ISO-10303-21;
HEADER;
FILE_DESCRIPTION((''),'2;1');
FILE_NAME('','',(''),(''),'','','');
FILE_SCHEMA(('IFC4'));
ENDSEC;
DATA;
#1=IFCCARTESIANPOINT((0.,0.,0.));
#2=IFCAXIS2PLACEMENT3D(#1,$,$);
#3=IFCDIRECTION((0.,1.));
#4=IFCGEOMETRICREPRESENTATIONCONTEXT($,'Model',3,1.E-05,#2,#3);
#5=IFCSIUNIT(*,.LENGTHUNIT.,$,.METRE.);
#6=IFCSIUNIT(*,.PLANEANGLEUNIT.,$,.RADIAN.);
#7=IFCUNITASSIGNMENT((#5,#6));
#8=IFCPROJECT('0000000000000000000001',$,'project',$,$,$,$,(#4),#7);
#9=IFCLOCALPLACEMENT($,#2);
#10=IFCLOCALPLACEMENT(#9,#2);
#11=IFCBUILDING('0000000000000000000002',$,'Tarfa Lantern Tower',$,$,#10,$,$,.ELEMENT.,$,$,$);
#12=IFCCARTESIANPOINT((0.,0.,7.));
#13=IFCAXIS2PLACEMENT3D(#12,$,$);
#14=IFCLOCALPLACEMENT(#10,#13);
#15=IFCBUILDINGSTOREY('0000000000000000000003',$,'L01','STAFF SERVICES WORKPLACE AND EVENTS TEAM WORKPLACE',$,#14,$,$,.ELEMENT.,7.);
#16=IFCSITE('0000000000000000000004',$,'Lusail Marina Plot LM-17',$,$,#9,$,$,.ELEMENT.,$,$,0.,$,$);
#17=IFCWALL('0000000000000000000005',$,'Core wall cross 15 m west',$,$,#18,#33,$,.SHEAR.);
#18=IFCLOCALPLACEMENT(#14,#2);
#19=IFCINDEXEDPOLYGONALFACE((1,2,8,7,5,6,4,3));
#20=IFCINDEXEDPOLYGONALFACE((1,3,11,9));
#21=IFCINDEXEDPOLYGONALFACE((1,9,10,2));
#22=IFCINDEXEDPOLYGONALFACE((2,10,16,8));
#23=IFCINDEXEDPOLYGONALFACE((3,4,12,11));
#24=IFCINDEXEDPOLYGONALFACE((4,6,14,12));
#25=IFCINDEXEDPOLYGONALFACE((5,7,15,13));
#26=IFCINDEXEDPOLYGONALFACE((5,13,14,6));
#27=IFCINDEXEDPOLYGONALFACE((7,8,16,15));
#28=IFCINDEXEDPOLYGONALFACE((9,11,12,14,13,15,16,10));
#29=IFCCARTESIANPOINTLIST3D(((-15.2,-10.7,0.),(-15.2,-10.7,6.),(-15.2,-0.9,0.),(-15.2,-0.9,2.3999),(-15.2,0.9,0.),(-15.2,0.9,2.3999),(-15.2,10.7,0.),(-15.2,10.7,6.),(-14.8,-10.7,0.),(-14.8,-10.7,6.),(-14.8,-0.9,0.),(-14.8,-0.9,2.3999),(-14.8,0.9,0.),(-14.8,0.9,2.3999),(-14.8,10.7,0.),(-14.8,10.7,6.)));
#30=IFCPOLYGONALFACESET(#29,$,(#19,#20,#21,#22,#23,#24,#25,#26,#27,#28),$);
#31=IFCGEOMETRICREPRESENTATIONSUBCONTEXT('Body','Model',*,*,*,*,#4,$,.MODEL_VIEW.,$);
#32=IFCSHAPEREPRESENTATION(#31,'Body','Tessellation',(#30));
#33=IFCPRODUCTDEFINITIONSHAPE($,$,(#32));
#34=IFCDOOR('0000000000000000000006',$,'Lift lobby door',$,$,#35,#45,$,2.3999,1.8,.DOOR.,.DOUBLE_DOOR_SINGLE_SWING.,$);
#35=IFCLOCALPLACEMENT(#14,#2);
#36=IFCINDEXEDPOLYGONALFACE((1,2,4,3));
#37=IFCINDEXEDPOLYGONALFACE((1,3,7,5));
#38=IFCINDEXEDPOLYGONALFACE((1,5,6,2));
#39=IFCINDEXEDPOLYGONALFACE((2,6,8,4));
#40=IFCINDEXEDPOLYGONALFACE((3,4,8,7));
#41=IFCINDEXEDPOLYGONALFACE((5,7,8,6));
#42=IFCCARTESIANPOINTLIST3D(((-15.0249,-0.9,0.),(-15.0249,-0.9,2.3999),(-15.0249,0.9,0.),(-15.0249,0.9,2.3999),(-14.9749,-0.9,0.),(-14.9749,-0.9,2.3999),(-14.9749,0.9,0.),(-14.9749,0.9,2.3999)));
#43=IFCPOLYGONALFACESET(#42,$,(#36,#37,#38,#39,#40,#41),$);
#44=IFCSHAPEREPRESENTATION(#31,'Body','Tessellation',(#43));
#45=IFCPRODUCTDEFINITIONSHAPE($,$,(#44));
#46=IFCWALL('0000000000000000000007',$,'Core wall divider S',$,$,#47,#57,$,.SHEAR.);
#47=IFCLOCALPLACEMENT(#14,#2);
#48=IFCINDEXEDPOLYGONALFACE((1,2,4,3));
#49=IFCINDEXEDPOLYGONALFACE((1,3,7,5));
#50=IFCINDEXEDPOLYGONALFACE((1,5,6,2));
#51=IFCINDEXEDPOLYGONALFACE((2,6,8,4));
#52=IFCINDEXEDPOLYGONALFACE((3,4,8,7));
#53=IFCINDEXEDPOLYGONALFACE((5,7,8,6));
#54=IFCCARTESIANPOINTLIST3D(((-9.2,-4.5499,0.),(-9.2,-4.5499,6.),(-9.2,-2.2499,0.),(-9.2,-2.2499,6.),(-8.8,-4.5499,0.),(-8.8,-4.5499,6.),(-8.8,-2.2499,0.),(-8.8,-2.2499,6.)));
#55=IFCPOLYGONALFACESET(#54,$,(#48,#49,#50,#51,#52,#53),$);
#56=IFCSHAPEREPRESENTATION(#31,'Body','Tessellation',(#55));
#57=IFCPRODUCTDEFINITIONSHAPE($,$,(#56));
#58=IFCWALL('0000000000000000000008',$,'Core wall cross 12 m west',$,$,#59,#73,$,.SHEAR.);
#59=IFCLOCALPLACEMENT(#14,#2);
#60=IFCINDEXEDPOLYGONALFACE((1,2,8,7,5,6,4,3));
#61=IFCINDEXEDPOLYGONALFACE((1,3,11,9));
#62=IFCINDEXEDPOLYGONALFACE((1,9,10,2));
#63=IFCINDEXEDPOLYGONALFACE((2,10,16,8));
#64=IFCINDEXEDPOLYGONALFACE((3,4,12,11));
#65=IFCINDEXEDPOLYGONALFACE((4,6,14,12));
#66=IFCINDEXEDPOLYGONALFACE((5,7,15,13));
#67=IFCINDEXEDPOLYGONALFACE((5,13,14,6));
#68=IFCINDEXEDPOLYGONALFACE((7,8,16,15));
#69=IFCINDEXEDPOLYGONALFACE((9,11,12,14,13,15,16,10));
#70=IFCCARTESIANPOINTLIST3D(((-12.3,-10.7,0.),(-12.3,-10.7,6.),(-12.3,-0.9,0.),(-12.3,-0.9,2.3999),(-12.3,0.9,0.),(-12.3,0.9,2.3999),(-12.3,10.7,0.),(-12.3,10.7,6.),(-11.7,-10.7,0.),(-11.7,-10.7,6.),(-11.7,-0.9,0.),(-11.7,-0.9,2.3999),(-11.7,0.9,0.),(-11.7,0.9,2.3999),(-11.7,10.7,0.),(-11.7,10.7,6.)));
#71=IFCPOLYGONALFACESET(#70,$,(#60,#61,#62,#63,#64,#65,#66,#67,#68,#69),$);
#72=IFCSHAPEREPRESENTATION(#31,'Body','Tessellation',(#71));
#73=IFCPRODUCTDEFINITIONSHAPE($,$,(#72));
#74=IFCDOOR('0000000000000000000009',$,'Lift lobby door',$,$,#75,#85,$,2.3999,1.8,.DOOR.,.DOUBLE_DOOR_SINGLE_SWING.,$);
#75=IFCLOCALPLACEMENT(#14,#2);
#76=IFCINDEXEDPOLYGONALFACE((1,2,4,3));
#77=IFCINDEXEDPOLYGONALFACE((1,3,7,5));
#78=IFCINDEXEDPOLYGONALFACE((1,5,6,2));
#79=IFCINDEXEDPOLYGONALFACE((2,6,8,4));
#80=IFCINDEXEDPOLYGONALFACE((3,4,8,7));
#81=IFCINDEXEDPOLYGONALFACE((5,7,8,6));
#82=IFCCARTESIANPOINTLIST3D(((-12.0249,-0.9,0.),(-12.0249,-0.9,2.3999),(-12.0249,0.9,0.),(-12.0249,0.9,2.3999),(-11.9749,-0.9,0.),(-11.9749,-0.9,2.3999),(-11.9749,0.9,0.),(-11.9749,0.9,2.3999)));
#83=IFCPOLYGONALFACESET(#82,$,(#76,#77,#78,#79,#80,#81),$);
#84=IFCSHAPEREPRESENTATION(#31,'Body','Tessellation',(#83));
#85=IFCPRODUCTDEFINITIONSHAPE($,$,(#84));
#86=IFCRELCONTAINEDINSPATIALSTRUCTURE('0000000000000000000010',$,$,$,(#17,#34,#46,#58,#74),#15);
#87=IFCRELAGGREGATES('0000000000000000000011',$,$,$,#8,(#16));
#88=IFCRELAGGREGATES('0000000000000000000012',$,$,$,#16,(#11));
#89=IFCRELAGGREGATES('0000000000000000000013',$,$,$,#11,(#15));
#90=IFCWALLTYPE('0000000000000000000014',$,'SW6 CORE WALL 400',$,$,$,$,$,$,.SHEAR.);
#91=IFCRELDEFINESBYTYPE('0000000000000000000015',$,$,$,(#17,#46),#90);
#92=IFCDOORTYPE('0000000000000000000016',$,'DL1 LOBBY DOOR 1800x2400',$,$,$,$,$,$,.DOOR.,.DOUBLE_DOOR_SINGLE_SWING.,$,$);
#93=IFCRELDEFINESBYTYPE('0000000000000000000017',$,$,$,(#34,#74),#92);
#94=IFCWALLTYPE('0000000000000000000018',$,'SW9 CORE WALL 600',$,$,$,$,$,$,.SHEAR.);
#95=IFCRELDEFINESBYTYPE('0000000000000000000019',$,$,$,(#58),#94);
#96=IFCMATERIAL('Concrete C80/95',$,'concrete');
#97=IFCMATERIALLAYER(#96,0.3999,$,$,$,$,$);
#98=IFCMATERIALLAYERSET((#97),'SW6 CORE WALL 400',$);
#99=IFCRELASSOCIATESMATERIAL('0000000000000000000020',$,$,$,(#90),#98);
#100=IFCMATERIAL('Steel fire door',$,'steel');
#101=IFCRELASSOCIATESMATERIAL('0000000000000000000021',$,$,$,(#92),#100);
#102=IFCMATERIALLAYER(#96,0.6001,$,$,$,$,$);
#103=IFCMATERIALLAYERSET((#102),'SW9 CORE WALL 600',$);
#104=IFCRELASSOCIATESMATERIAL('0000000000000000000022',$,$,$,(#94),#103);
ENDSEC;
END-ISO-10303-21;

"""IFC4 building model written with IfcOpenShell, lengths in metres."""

from ifc_helpers import new_model, si_unit, direction, frame, frame_2d, origin, place, context, subcontext, project, spatial, rectangle, extrude, material, layer, layer_set, type_object, element, fill, save


model = new_model("IFC4")

# Units and contexts
model_context = context("Model", 3, precision=1e-05, world=origin(), true_north=direction((0.0, 1.0)))
body_context = subcontext(model_context, "Body", "Model", "MODEL_VIEW")
ifc_project = project(units=[si_unit("LENGTHUNIT", "METRE"), si_unit("PLANEANGLEUNIT", "RADIAN")], contexts=[model_context])

# Site, building, storey
site_placement = place(None, origin())
site = spatial("IfcSite", under=ifc_project, at=site_placement, Name="Lusail Marina Plot LM-17", CompositionType="ELEMENT", RefElevation=0.0)
building_placement = place(site_placement, origin())
building = spatial("IfcBuilding", under=site, at=building_placement, Name="Tarfa Lantern Tower", CompositionType="ELEMENT")
storey_placement = place(building_placement, frame((0.0, 0.0, 7.0)))
storey = spatial("IfcBuildingStorey", under=building, at=storey_placement, Name="L01", Description="STAFF SERVICES WORKPLACE AND EVENTS TEAM WORKPLACE", CompositionType="ELEMENT", Elevation=7.0)

# Shared definitions
ifc_material_1 = material(Name="Concrete C80/95", Category="concrete")

# Wall, opening, door
ifc_layer_1 = layer(ifc_material_1, 0.3999)
ifc_layer_set_1 = layer_set([ifc_layer_1], Name="SW6 CORE WALL 400")
wall_type_1 = type_object("IfcWallType", Name="SW6 CORE WALL 400", PredefinedType="SHEAR", material=ifc_layer_set_1)
wall_1_placement = place(storey_placement, frame((-15.0, -10.7, 0.0), z_axis=(0.0, 0.0, 1.0), x_axis=(0.0, 1.0, 0.0)))
wall_1 = element("IfcWall", 1, at=wall_1_placement, inside=storey, type_object=wall_type_1, Name="Core wall cross 15 m west", PredefinedType="SHEAR", context=body_context, shape_type="SweptSolid", body=[
    extrude(rectangle(XDim=21.3999, YDim=0.3999, at=frame_2d((10.7, 0.0))), origin(), (0.0, 0.0, 1.0), 6.0),
])
opening_1_placement = place(wall_1_placement, frame((9.8, 0.0, 0.0)))
opening_1 = element("IfcOpeningElement", 2, at=opening_1_placement, cuts=wall_1, PredefinedType="OPENING", context=body_context, shape_type="SweptSolid", body=[
    extrude(rectangle(XDim=1.8, YDim=2.3999, at=frame_2d((0.8999, 1.2))), frame((0.0, 0.21, 0.0), z_axis=(0.0, -1.0, 0.0), x_axis=(1.0, 0.0, 0.0)), (0.0, 0.0, 1.0), 0.4199),
])
ifc_material_2 = material(Name="Steel fire door", Category="steel")
door_type = type_object("IfcDoorType", Name="DL1 LOBBY DOOR 1800x2400", OperationType="DOUBLE_DOOR_SINGLE_SWING", PredefinedType="DOOR", material=ifc_material_2)
door_1_placement = place(opening_1_placement, origin())
door_1 = element("IfcDoor", 3, at=door_1_placement, inside=storey, type_object=door_type, Name="Lift lobby door", OperationType="DOUBLE_DOOR_SINGLE_SWING", OverallHeight=2.3999, OverallWidth=1.8, PredefinedType="DOOR", context=body_context, shape_type="SweptSolid", body=[
    extrude(rectangle(XDim=1.8, YDim=2.3999, at=frame_2d((0.8999, 1.2))), frame((0.0, 0.0249, 0.0), z_axis=(0.0, -1.0, 0.0), x_axis=(1.0, 0.0, 0.0)), (0.0, 0.0, 1.0), 0.05),
])
fill(opening_1, door_1)

# Wall
wall_2_placement = place(storey_placement, frame((-9.0, -2.25, 0.0), z_axis=(0.0, 0.0, 1.0), x_axis=(0.0, -1.0, 0.0)))
element("IfcWall", 4, at=wall_2_placement, inside=storey, type_object=wall_type_1, Name="Core wall divider S", PredefinedType="SHEAR", context=body_context, shape_type="SweptSolid", body=[
    extrude(rectangle(XDim=2.3, YDim=0.3999, at=frame_2d((1.1499, 0.0))), origin(), (0.0, 0.0, 1.0), 6.0),
])

# Wall, opening, door
ifc_layer_2 = layer(ifc_material_1, 0.6001)
ifc_layer_set_2 = layer_set([ifc_layer_2], Name="SW9 CORE WALL 600")
wall_type_2 = type_object("IfcWallType", Name="SW9 CORE WALL 600", PredefinedType="SHEAR", material=ifc_layer_set_2)
wall_3_placement = place(storey_placement, frame((-12.0, -10.7, 0.0), z_axis=(0.0, 0.0, 1.0), x_axis=(0.0, 1.0, 0.0)))
wall_3 = element("IfcWall", 5, at=wall_3_placement, inside=storey, type_object=wall_type_2, Name="Core wall cross 12 m west", PredefinedType="SHEAR", context=body_context, shape_type="SweptSolid", body=[
    extrude(rectangle(XDim=21.3999, YDim=0.6001, at=frame_2d((10.7, 0.0))), origin(), (0.0, 0.0, 1.0), 6.0),
])
opening_2_placement = place(wall_3_placement, frame((9.8, 0.0, 0.0)))
opening_2 = element("IfcOpeningElement", 6, at=opening_2_placement, cuts=wall_3, PredefinedType="OPENING", context=body_context, shape_type="SweptSolid", body=[
    extrude(rectangle(XDim=1.8, YDim=2.3999, at=frame_2d((0.8999, 1.2))), frame((0.0, 0.3101, 0.0), z_axis=(0.0, -1.0, 0.0), x_axis=(1.0, 0.0, 0.0)), (0.0, 0.0, 1.0), 0.6201),
])
door_2_placement = place(opening_2_placement, origin())
door_2 = element("IfcDoor", 7, at=door_2_placement, inside=storey, type_object=door_type, Name="Lift lobby door", OperationType="DOUBLE_DOOR_SINGLE_SWING", OverallHeight=2.3999, OverallWidth=1.8, PredefinedType="DOOR", context=body_context, shape_type="SweptSolid", body=[
    extrude(rectangle(XDim=1.8, YDim=2.3999, at=frame_2d((0.8999, 1.2))), frame((0.0, 0.0249, 0.0), z_axis=(0.0, -1.0, 0.0), x_axis=(1.0, 0.0, 0.0)), (0.0, 0.0, 1.0), 0.05),
])
fill(opening_2, door_2)

save(model, "model.ifc")
